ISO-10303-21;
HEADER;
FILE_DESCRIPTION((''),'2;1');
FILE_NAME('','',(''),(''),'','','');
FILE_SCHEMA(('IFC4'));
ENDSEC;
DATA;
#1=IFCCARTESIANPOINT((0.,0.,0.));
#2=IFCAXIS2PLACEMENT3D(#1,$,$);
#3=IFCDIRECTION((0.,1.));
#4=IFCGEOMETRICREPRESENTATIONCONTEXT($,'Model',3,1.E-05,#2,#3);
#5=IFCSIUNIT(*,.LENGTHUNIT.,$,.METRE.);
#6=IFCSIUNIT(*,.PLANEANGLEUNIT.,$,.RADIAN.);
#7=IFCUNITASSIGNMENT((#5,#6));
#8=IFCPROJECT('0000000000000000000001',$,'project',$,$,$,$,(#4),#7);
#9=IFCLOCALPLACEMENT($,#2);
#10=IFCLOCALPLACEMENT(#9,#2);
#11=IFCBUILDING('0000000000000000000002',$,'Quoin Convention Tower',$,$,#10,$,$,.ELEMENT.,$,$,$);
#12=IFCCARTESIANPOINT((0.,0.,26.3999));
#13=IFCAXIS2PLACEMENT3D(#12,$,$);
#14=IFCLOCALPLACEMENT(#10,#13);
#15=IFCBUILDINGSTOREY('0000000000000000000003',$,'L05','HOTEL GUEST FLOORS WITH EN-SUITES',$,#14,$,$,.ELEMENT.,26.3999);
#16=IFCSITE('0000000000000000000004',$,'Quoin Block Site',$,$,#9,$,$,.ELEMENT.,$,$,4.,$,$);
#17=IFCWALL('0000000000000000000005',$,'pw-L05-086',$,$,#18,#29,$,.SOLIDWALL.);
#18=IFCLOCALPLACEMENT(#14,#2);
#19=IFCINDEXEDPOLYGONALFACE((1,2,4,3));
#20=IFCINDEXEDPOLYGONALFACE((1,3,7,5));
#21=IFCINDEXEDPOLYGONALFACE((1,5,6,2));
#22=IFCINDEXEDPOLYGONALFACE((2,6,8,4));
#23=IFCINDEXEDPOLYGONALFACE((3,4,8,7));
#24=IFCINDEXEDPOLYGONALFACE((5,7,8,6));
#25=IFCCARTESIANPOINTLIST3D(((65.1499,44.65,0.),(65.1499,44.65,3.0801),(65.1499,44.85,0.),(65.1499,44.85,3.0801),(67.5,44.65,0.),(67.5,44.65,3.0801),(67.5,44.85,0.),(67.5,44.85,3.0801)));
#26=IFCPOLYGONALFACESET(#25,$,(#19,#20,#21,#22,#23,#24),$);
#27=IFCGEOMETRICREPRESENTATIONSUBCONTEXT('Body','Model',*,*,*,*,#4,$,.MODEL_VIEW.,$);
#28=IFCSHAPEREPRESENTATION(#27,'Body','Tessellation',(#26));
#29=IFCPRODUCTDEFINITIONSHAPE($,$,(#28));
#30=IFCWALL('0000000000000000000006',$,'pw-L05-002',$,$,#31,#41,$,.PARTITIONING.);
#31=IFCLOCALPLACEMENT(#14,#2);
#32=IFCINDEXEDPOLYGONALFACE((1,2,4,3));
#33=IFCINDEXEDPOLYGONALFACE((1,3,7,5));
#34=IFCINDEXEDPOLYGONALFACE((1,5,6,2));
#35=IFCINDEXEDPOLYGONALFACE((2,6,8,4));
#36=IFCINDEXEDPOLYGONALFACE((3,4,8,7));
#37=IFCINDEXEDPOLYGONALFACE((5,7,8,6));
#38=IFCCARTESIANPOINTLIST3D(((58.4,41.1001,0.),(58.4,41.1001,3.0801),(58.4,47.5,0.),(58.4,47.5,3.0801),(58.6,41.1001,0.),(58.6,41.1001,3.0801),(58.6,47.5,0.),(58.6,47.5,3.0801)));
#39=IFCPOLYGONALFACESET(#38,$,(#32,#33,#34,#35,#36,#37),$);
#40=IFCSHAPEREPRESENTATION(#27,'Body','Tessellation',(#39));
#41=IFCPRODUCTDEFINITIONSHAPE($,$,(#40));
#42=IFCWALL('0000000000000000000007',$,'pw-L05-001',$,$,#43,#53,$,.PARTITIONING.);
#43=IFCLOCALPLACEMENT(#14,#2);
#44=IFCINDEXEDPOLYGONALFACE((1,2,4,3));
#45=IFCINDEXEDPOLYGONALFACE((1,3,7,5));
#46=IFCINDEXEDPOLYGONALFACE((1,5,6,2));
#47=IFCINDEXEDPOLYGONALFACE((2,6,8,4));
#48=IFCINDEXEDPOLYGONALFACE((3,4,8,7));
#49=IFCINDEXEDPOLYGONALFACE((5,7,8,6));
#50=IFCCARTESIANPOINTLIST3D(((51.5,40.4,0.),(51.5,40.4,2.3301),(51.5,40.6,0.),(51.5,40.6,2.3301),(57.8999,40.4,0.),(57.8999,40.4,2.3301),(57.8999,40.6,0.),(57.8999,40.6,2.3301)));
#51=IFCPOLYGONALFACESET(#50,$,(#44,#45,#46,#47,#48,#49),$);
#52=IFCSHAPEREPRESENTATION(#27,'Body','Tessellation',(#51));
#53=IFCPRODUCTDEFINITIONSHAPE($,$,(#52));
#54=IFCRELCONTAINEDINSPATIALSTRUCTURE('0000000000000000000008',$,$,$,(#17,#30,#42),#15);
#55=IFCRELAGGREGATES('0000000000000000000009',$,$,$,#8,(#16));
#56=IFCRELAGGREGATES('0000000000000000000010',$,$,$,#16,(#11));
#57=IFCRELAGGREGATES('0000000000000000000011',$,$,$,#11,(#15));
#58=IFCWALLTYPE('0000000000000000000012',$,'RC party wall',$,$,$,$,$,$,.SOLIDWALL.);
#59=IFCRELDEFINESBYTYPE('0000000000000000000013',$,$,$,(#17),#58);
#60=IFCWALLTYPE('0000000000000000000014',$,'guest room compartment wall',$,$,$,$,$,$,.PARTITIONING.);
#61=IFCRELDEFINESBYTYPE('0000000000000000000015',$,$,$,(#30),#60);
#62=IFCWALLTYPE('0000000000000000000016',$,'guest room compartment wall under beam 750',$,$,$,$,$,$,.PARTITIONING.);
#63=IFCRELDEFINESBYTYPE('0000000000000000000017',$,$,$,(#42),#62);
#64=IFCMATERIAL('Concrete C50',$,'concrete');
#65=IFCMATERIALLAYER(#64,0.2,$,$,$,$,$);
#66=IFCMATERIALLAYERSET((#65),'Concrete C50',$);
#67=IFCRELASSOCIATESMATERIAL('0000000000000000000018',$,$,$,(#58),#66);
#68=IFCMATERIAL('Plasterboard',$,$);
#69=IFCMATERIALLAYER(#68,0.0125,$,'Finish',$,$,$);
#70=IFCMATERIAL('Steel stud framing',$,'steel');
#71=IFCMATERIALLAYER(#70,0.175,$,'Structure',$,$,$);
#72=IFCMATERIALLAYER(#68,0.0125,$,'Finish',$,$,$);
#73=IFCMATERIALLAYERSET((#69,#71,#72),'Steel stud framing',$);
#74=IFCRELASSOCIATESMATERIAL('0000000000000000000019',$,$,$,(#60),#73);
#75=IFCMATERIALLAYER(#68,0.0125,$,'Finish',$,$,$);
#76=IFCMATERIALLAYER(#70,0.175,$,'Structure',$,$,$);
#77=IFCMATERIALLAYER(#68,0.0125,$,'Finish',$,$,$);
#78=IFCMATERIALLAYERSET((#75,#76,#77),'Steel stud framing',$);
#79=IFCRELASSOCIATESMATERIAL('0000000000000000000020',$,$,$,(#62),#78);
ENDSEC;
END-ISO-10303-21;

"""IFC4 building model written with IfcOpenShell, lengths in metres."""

from ifc_helpers import new_model, si_unit, direction, frame, frame_2d, origin, place, context, subcontext, project, spatial, rectangle, extrude, material, layer, layer_set, type_object, element, save


model = new_model("IFC4")

# Units and contexts
model_context = context("Model", 3, precision=1e-05, world=origin(), true_north=direction((0.0, 1.0)))
body_context = subcontext(model_context, "Body", "Model", "MODEL_VIEW")
ifc_project = project(units=[si_unit("LENGTHUNIT", "METRE"), si_unit("PLANEANGLEUNIT", "RADIAN")], contexts=[model_context])

# Site, building, storey
site_placement = place(None, origin())
site = spatial("IfcSite", under=ifc_project, at=site_placement, Name="Quoin Block Site", CompositionType="ELEMENT", RefElevation=4.0)
building_placement = place(site_placement, origin())
building = spatial("IfcBuilding", under=site, at=building_placement, Name="Quoin Convention Tower", CompositionType="ELEMENT")
storey_placement = place(building_placement, frame((0.0, 0.0, 26.3999)))
storey = spatial("IfcBuildingStorey", under=building, at=storey_placement, Name="L05", Description="HOTEL GUEST FLOORS WITH EN-SUITES", CompositionType="ELEMENT", Elevation=26.3999)

# Shared definitions
ifc_material_1 = material(Name="Concrete C50", Category="concrete")
ifc_layer_1 = layer(ifc_material_1, 0.2)
ifc_layer_set_1 = layer_set([ifc_layer_1], Name="Concrete C50")
wall_type_1 = type_object("IfcWallType", Name="RC party wall", PredefinedType="SOLIDWALL", material=ifc_layer_set_1)

# Walls
wall_1_placement = place(storey_placement, frame((65.1499, 44.75, 0.0), z_axis=(0.0, 0.0, 1.0), x_axis=(1.0, 0.0, 0.0)))
element("IfcWall", 1, at=wall_1_placement, inside=storey, type_object=wall_type_1, Name="pw-L05-086", PredefinedType="SOLIDWALL", context=body_context, shape_type="SweptSolid", body=[
    extrude(rectangle(XDim=2.3501, YDim=0.2, at=frame_2d((1.175, 0.0))), origin(), (0.0, 0.0, 1.0), 3.0801),
])
ifc_material_2 = material(Name="Plasterboard")
ifc_layer_2 = layer(ifc_material_2, 0.0125, Name="Finish")
ifc_material_3 = material(Name="Steel stud framing", Category="steel")
ifc_layer_3 = layer(ifc_material_3, 0.175, Name="Structure")
ifc_layer_4 = layer(ifc_material_2, 0.0125, Name="Finish")
ifc_layer_set_2 = layer_set([ifc_layer_2, ifc_layer_3, ifc_layer_4], Name="Steel stud framing")
wall_type_2 = type_object("IfcWallType", Name="guest room compartment wall", PredefinedType="PARTITIONING", material=ifc_layer_set_2)
wall_2_placement = place(storey_placement, frame((58.5, 41.1001, 0.0), z_axis=(0.0, 0.0, 1.0), x_axis=(0.0, 1.0, 0.0)))
element("IfcWall", 2, at=wall_2_placement, inside=storey, type_object=wall_type_2, Name="pw-L05-002", PredefinedType="PARTITIONING", context=body_context, shape_type="SweptSolid", body=[
    extrude(rectangle(XDim=6.3999, YDim=0.2, at=frame_2d((3.2, 0.0))), origin(), (0.0, 0.0, 1.0), 3.0801),
])
ifc_layer_5 = layer(ifc_material_2, 0.0125, Name="Finish")
ifc_layer_6 = layer(ifc_material_3, 0.175, Name="Structure")
ifc_layer_7 = layer(ifc_material_2, 0.0125, Name="Finish")
ifc_layer_set_3 = layer_set([ifc_layer_5, ifc_layer_6, ifc_layer_7], Name="Steel stud framing")
wall_type_3 = type_object("IfcWallType", Name="guest room compartment wall under beam 750", PredefinedType="PARTITIONING", material=ifc_layer_set_3)
wall_3_placement = place(storey_placement, frame((51.5, 40.5, 0.0), z_axis=(0.0, 0.0, 1.0), x_axis=(1.0, 0.0, 0.0)))
element("IfcWall", 3, at=wall_3_placement, inside=storey, type_object=wall_type_3, Name="pw-L05-001", PredefinedType="PARTITIONING", context=body_context, shape_type="SweptSolid", body=[
    extrude(rectangle(XDim=6.3999, YDim=0.2, at=frame_2d((3.2, 0.0))), origin(), (0.0, 0.0, 1.0), 2.3301),
])

save(model, "model.ifc")
